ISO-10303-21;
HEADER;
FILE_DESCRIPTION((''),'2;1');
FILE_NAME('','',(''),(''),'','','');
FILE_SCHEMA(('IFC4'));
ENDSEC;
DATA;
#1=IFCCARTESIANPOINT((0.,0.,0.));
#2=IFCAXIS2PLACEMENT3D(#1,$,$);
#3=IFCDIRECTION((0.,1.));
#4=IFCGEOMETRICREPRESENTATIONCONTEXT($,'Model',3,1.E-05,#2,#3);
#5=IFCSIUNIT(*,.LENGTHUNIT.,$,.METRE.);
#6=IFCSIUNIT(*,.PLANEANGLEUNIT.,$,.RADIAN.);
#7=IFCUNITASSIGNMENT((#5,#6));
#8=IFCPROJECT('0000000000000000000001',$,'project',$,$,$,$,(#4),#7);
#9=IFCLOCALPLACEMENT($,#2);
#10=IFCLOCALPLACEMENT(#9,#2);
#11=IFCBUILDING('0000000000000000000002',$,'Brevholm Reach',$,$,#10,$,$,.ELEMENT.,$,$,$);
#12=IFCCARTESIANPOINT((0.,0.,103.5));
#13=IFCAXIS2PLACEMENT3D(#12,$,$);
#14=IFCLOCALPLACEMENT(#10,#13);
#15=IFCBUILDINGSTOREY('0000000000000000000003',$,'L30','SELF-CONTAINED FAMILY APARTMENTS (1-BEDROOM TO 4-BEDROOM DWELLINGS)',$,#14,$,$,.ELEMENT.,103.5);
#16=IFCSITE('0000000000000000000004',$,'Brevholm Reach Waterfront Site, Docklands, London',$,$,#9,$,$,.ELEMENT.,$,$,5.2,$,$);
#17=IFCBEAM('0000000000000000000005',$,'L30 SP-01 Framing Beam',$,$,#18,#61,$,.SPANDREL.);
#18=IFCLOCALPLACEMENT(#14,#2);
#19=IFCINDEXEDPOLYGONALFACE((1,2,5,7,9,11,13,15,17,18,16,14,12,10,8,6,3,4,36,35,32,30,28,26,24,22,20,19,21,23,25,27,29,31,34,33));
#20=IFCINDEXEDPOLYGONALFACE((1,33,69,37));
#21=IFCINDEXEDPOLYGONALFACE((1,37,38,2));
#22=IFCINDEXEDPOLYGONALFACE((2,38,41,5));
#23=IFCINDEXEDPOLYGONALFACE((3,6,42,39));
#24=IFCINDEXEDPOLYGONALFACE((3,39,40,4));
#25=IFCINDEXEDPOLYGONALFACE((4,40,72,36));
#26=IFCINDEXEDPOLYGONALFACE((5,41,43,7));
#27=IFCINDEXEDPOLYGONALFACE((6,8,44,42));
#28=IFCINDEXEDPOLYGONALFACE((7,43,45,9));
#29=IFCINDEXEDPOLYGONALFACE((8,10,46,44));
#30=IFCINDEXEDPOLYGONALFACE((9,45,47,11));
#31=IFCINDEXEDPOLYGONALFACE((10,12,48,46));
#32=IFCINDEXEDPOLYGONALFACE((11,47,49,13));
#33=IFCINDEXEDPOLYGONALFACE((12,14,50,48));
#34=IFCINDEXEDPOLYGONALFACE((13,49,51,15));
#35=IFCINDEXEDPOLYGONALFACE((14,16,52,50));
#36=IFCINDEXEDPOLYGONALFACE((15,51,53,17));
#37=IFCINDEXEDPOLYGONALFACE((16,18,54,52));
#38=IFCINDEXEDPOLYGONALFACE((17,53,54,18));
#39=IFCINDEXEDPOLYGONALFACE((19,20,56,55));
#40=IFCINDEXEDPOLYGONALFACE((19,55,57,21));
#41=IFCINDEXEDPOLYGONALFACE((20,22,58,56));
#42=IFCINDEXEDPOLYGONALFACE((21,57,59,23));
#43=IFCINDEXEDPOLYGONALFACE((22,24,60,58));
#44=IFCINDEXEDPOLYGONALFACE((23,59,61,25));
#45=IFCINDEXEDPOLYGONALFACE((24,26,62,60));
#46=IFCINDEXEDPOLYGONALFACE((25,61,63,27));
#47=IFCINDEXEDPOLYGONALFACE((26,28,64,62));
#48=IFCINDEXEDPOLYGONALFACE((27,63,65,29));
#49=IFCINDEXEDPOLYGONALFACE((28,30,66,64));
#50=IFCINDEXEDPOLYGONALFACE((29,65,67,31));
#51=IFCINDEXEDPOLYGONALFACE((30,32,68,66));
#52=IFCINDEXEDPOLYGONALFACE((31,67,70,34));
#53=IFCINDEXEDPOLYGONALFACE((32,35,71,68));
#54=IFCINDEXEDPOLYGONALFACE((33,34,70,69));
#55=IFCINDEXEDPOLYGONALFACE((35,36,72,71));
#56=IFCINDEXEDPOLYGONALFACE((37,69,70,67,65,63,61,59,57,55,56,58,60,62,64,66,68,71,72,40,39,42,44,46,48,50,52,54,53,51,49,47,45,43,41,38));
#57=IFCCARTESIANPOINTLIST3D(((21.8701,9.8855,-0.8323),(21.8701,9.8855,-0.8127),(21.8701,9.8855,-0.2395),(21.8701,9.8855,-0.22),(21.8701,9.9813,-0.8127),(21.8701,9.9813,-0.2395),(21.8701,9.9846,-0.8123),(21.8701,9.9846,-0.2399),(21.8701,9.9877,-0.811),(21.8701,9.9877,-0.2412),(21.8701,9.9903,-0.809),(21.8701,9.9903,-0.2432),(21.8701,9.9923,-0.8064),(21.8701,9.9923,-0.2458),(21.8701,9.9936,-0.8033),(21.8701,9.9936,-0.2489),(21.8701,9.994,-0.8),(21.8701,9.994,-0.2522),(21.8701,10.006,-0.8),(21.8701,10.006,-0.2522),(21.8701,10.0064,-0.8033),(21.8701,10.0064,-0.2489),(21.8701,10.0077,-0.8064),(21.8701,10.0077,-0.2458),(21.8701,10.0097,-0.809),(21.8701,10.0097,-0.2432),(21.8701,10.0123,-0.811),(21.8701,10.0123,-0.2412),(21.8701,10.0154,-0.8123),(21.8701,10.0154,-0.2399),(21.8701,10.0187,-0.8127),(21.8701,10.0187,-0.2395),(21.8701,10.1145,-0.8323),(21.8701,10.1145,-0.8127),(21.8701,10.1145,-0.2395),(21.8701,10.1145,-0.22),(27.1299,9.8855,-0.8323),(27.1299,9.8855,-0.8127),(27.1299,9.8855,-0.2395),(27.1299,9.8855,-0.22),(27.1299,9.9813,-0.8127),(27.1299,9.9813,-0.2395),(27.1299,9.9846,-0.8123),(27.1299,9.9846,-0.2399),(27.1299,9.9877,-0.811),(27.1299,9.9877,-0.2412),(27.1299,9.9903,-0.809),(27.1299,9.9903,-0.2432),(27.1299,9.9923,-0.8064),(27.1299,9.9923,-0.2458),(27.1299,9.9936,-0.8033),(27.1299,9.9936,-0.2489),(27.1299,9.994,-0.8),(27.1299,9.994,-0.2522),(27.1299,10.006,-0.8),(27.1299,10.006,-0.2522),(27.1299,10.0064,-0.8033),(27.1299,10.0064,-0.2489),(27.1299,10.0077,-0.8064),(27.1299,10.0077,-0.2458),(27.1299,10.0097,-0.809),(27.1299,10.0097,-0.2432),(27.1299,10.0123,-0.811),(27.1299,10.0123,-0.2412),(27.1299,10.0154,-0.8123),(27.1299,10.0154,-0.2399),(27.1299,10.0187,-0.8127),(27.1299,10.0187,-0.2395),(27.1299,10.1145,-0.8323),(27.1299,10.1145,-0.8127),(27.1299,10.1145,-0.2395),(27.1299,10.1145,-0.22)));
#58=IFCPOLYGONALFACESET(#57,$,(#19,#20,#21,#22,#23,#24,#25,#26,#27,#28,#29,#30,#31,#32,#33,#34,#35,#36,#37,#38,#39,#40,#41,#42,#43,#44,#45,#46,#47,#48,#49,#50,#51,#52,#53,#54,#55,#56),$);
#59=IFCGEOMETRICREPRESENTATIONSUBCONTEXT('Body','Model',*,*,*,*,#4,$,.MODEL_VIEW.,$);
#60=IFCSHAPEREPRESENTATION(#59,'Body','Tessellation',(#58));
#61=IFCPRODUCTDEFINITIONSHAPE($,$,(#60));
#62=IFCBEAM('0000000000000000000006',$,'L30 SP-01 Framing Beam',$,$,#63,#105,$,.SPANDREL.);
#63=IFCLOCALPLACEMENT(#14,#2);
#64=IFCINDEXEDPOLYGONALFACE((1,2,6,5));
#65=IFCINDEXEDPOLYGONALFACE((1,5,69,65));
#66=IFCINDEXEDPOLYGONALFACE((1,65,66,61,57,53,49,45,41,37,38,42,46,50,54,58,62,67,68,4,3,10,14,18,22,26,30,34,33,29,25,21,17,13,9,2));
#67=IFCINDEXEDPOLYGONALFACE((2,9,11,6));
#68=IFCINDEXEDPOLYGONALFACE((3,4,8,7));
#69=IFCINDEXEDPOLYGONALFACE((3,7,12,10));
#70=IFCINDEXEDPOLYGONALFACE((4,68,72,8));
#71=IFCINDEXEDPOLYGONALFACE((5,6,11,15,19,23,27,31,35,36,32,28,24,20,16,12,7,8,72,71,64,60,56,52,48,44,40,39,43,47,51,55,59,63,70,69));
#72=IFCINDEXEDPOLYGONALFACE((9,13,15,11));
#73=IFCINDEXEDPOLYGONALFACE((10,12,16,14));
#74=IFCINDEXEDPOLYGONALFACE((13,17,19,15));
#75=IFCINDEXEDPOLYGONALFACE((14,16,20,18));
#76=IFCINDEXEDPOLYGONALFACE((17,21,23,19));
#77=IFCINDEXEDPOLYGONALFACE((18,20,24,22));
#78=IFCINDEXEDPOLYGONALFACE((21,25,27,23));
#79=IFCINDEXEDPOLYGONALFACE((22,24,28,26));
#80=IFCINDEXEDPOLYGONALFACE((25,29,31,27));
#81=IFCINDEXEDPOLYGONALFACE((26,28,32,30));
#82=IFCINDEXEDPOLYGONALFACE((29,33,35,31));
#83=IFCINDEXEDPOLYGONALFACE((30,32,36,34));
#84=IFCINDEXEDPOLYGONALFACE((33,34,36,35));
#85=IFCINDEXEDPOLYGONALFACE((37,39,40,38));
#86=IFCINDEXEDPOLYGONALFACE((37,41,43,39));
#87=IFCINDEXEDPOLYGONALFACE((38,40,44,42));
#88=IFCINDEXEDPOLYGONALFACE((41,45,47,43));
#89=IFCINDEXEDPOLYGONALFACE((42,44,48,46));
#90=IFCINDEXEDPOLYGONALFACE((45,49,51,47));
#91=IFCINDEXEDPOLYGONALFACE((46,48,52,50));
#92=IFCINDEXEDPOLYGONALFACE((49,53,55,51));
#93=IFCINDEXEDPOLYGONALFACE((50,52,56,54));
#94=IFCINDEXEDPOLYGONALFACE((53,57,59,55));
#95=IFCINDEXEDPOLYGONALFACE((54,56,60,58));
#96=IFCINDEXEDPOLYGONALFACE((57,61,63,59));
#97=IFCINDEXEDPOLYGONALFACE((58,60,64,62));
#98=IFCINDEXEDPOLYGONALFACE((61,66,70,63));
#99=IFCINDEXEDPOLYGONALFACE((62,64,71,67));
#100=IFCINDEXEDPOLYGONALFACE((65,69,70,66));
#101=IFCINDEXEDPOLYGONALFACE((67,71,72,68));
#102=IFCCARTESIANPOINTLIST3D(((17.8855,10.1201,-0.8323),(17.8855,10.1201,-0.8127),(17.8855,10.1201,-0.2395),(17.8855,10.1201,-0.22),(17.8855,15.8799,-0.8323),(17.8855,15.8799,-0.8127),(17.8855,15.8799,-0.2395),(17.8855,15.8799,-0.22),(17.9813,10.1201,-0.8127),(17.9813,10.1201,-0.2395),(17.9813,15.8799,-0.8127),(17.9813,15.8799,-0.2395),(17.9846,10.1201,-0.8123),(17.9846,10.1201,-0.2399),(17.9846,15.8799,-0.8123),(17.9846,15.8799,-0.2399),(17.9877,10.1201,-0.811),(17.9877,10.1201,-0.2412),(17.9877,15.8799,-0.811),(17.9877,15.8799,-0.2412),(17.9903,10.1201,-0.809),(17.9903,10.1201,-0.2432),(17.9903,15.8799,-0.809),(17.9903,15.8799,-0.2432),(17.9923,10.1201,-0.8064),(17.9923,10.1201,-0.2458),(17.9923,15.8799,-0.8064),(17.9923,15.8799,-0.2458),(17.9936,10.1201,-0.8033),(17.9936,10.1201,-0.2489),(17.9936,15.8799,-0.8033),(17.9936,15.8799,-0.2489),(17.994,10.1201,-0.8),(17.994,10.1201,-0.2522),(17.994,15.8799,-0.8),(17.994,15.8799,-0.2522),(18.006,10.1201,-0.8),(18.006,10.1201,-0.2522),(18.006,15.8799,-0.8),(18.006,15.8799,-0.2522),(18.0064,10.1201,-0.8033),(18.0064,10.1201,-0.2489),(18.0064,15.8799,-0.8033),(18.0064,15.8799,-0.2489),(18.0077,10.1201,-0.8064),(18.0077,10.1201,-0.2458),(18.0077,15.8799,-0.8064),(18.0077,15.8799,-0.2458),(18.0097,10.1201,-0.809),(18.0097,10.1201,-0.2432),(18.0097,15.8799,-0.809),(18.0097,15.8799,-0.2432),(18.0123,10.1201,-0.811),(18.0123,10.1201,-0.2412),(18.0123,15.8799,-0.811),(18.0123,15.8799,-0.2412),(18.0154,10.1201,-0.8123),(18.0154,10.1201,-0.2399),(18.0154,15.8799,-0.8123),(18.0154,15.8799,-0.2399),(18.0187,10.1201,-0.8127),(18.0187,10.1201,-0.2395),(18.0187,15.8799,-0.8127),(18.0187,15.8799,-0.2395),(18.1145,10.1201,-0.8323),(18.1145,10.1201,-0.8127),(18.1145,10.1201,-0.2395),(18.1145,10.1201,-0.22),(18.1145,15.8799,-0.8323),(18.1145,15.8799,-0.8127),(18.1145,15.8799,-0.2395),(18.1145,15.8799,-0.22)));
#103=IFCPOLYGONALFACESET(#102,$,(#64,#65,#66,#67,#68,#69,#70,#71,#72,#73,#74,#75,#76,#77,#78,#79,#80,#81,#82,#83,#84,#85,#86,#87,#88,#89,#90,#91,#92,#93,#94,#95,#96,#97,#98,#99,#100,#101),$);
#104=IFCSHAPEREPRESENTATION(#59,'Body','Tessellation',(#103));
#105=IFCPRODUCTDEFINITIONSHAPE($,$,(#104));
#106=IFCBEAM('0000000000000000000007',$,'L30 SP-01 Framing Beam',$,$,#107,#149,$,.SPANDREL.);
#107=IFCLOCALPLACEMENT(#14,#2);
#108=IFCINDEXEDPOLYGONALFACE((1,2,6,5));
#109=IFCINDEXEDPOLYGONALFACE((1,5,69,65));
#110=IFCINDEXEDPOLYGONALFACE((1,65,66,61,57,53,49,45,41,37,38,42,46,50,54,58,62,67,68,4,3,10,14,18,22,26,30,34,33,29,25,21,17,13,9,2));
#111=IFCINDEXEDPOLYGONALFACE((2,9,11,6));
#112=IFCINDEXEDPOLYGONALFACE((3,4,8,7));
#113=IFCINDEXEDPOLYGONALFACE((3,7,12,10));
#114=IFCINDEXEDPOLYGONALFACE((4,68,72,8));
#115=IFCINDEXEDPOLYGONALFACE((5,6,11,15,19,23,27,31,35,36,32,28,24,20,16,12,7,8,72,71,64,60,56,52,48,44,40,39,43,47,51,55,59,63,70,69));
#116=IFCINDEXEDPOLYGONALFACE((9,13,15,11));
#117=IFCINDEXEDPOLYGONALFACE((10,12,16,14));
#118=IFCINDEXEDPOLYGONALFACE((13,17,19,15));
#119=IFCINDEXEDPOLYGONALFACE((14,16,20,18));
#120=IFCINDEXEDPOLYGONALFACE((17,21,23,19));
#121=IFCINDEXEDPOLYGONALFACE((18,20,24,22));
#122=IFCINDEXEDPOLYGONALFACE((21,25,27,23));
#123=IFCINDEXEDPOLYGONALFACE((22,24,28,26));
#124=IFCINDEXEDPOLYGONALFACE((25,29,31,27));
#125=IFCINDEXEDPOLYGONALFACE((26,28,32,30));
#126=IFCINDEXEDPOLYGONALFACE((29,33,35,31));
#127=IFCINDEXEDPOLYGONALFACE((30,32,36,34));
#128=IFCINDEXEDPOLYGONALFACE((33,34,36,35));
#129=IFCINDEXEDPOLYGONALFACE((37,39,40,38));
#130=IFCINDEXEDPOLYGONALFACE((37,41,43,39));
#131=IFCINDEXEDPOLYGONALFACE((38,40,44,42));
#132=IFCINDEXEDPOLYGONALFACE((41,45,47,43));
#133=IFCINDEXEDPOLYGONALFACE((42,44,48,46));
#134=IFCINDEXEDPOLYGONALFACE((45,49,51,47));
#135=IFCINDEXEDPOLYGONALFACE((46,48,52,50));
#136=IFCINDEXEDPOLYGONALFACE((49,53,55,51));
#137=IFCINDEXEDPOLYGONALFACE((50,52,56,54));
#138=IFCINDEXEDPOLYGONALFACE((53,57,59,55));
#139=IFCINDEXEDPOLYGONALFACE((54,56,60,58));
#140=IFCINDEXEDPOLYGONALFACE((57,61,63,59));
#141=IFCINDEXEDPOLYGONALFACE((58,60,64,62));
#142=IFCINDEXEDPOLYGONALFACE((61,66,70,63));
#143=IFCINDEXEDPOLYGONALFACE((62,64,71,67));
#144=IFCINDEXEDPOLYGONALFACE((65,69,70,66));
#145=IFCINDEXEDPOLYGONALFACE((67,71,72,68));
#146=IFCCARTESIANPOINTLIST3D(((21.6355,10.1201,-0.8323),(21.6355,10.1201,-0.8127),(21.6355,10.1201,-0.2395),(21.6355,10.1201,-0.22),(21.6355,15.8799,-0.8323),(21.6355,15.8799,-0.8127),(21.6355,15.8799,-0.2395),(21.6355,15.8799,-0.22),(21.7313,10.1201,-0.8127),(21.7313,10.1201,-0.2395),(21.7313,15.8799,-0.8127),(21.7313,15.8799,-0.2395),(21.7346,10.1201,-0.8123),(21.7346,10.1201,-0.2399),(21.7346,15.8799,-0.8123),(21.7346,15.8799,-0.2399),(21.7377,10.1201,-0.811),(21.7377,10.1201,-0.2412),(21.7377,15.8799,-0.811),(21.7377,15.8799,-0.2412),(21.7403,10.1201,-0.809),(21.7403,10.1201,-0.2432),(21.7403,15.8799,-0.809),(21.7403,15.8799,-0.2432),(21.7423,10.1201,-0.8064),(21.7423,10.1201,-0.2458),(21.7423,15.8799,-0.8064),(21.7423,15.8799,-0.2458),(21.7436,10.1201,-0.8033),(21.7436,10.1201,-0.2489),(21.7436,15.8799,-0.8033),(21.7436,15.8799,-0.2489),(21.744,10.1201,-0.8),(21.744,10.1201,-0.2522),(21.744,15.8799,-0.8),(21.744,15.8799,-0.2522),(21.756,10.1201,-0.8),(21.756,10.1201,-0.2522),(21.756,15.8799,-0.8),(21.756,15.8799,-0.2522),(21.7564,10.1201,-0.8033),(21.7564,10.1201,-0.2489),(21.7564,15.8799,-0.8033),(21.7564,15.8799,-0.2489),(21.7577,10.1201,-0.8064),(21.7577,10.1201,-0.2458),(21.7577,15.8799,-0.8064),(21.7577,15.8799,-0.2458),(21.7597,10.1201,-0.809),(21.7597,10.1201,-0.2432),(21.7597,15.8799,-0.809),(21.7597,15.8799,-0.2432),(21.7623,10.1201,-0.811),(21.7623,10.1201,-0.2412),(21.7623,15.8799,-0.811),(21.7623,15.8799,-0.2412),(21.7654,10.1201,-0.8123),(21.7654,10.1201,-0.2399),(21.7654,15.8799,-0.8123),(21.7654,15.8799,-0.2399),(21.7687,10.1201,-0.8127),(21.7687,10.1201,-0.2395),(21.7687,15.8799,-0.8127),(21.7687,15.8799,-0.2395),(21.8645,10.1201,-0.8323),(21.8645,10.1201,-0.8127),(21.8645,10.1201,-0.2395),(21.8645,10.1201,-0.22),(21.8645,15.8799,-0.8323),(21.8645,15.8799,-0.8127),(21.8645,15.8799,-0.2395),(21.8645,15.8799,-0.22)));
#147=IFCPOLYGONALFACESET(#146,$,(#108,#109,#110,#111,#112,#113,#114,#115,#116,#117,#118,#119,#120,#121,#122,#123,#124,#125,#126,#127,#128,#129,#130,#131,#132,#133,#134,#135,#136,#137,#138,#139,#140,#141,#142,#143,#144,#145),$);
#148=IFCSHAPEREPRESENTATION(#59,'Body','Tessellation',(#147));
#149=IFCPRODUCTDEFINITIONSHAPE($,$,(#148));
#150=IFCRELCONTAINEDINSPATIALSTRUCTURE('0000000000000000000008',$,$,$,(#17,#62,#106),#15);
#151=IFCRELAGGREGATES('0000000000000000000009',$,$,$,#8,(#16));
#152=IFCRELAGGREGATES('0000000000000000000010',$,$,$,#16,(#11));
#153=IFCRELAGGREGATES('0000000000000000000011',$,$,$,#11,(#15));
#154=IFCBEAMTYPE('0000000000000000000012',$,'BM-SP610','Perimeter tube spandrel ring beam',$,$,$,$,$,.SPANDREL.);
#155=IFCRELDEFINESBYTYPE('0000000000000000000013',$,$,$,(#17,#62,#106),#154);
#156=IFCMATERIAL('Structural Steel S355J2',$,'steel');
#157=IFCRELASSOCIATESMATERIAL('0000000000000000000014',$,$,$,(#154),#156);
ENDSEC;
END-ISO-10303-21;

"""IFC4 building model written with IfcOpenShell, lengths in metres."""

from ifc_helpers import new_model, si_unit, direction, frame, origin, origin_2d, place, context, subcontext, project, spatial, i_section, extrude, material, material_profile, profile_set, type_object, element, save


model = new_model("IFC4")

# Units and contexts
model_context = context("Model", 3, precision=1e-05, world=origin(), true_north=direction((0.0, 1.0)))
body_context = subcontext(model_context, "Body", "Model", "MODEL_VIEW")
ifc_project = project(units=[si_unit("LENGTHUNIT", "METRE"), si_unit("PLANEANGLEUNIT", "RADIAN")], contexts=[model_context])

# Site, building, storey
site_placement = place(None, origin())
site = spatial("IfcSite", under=ifc_project, at=site_placement, Name="Brevholm Reach Waterfront Site, Docklands, London", CompositionType="ELEMENT", RefElevation=5.2)
building_placement = place(site_placement, origin())
building = spatial("IfcBuilding", under=site, at=building_placement, Name="Brevholm Reach", CompositionType="ELEMENT")
storey_placement = place(building_placement, frame((0.0, 0.0, 103.5)))
storey = spatial("IfcBuildingStorey", under=building, at=storey_placement, Name="L30", Description="SELF-CONTAINED FAMILY APARTMENTS (1-BEDROOM TO 4-BEDROOM DWELLINGS)", CompositionType="ELEMENT", Elevation=103.5)

# Beams
ifc_material_1 = material(Name="Structural Steel S355J2", Category="steel")
ifc_material_profile_1 = material_profile(ifc_material_1, i_section(OverallWidth=0.229, OverallDepth=0.6123, WebThickness=0.012, FlangeThickness=0.0195, FilletRadius=0.0127, at=origin_2d()), Name="UKB 610x229x125")
ifc_profile_set_1 = profile_set([ifc_material_profile_1], Name="Structural Steel S355J2")
beam_type_1 = type_object("IfcBeamType", Name="BM-SP610", Description="Perimeter tube spandrel ring beam", PredefinedType="SPANDREL", material=ifc_profile_set_1)
beam_1_placement = place(storey_placement, frame((21.8701, 10.0, -0.5261), z_axis=(1.0, 0.0, 0.0), x_axis=(0.0, 1.0, 0.0)))
element("IfcBeam", 1, at=beam_1_placement, inside=storey, type_object=beam_type_1, Name="L30 SP-01 Framing Beam", PredefinedType="SPANDREL", context=body_context, shape_type="SweptSolid", body=[
    extrude(i_section(OverallWidth=0.229, OverallDepth=0.6123, WebThickness=0.012, FlangeThickness=0.0195, FilletRadius=0.0127, at=origin_2d()), origin(), (0.0, 0.0, 1.0), 5.2598),
])
for number, where, z_axis, x_axis, name in (
    (2, (18.0, 10.1201, -0.5261), (0.0, 1.0, 0.0), (-1.0, 0.0, 0.0), "L30 SP-01 Framing Beam"),
    (3, (21.75, 10.1201, -0.5261), (0.0, 1.0, 0.0), (-1.0, 0.0, 0.0), "L30 SP-01 Framing Beam"),
):
    element("IfcBeam", number, at=place(storey_placement, frame(where, z_axis=z_axis, x_axis=x_axis)), inside=storey, type_object=beam_type_1, Name=name, PredefinedType="SPANDREL", context=body_context, shape_type="SweptSolid", body=[
        extrude(i_section(OverallWidth=0.229, OverallDepth=0.6123, WebThickness=0.012, FlangeThickness=0.0195, FilletRadius=0.0127, at=origin_2d()), origin(), (0.0, 0.0, 1.0), 5.7598),
    ])

save(model, "model.ifc")
